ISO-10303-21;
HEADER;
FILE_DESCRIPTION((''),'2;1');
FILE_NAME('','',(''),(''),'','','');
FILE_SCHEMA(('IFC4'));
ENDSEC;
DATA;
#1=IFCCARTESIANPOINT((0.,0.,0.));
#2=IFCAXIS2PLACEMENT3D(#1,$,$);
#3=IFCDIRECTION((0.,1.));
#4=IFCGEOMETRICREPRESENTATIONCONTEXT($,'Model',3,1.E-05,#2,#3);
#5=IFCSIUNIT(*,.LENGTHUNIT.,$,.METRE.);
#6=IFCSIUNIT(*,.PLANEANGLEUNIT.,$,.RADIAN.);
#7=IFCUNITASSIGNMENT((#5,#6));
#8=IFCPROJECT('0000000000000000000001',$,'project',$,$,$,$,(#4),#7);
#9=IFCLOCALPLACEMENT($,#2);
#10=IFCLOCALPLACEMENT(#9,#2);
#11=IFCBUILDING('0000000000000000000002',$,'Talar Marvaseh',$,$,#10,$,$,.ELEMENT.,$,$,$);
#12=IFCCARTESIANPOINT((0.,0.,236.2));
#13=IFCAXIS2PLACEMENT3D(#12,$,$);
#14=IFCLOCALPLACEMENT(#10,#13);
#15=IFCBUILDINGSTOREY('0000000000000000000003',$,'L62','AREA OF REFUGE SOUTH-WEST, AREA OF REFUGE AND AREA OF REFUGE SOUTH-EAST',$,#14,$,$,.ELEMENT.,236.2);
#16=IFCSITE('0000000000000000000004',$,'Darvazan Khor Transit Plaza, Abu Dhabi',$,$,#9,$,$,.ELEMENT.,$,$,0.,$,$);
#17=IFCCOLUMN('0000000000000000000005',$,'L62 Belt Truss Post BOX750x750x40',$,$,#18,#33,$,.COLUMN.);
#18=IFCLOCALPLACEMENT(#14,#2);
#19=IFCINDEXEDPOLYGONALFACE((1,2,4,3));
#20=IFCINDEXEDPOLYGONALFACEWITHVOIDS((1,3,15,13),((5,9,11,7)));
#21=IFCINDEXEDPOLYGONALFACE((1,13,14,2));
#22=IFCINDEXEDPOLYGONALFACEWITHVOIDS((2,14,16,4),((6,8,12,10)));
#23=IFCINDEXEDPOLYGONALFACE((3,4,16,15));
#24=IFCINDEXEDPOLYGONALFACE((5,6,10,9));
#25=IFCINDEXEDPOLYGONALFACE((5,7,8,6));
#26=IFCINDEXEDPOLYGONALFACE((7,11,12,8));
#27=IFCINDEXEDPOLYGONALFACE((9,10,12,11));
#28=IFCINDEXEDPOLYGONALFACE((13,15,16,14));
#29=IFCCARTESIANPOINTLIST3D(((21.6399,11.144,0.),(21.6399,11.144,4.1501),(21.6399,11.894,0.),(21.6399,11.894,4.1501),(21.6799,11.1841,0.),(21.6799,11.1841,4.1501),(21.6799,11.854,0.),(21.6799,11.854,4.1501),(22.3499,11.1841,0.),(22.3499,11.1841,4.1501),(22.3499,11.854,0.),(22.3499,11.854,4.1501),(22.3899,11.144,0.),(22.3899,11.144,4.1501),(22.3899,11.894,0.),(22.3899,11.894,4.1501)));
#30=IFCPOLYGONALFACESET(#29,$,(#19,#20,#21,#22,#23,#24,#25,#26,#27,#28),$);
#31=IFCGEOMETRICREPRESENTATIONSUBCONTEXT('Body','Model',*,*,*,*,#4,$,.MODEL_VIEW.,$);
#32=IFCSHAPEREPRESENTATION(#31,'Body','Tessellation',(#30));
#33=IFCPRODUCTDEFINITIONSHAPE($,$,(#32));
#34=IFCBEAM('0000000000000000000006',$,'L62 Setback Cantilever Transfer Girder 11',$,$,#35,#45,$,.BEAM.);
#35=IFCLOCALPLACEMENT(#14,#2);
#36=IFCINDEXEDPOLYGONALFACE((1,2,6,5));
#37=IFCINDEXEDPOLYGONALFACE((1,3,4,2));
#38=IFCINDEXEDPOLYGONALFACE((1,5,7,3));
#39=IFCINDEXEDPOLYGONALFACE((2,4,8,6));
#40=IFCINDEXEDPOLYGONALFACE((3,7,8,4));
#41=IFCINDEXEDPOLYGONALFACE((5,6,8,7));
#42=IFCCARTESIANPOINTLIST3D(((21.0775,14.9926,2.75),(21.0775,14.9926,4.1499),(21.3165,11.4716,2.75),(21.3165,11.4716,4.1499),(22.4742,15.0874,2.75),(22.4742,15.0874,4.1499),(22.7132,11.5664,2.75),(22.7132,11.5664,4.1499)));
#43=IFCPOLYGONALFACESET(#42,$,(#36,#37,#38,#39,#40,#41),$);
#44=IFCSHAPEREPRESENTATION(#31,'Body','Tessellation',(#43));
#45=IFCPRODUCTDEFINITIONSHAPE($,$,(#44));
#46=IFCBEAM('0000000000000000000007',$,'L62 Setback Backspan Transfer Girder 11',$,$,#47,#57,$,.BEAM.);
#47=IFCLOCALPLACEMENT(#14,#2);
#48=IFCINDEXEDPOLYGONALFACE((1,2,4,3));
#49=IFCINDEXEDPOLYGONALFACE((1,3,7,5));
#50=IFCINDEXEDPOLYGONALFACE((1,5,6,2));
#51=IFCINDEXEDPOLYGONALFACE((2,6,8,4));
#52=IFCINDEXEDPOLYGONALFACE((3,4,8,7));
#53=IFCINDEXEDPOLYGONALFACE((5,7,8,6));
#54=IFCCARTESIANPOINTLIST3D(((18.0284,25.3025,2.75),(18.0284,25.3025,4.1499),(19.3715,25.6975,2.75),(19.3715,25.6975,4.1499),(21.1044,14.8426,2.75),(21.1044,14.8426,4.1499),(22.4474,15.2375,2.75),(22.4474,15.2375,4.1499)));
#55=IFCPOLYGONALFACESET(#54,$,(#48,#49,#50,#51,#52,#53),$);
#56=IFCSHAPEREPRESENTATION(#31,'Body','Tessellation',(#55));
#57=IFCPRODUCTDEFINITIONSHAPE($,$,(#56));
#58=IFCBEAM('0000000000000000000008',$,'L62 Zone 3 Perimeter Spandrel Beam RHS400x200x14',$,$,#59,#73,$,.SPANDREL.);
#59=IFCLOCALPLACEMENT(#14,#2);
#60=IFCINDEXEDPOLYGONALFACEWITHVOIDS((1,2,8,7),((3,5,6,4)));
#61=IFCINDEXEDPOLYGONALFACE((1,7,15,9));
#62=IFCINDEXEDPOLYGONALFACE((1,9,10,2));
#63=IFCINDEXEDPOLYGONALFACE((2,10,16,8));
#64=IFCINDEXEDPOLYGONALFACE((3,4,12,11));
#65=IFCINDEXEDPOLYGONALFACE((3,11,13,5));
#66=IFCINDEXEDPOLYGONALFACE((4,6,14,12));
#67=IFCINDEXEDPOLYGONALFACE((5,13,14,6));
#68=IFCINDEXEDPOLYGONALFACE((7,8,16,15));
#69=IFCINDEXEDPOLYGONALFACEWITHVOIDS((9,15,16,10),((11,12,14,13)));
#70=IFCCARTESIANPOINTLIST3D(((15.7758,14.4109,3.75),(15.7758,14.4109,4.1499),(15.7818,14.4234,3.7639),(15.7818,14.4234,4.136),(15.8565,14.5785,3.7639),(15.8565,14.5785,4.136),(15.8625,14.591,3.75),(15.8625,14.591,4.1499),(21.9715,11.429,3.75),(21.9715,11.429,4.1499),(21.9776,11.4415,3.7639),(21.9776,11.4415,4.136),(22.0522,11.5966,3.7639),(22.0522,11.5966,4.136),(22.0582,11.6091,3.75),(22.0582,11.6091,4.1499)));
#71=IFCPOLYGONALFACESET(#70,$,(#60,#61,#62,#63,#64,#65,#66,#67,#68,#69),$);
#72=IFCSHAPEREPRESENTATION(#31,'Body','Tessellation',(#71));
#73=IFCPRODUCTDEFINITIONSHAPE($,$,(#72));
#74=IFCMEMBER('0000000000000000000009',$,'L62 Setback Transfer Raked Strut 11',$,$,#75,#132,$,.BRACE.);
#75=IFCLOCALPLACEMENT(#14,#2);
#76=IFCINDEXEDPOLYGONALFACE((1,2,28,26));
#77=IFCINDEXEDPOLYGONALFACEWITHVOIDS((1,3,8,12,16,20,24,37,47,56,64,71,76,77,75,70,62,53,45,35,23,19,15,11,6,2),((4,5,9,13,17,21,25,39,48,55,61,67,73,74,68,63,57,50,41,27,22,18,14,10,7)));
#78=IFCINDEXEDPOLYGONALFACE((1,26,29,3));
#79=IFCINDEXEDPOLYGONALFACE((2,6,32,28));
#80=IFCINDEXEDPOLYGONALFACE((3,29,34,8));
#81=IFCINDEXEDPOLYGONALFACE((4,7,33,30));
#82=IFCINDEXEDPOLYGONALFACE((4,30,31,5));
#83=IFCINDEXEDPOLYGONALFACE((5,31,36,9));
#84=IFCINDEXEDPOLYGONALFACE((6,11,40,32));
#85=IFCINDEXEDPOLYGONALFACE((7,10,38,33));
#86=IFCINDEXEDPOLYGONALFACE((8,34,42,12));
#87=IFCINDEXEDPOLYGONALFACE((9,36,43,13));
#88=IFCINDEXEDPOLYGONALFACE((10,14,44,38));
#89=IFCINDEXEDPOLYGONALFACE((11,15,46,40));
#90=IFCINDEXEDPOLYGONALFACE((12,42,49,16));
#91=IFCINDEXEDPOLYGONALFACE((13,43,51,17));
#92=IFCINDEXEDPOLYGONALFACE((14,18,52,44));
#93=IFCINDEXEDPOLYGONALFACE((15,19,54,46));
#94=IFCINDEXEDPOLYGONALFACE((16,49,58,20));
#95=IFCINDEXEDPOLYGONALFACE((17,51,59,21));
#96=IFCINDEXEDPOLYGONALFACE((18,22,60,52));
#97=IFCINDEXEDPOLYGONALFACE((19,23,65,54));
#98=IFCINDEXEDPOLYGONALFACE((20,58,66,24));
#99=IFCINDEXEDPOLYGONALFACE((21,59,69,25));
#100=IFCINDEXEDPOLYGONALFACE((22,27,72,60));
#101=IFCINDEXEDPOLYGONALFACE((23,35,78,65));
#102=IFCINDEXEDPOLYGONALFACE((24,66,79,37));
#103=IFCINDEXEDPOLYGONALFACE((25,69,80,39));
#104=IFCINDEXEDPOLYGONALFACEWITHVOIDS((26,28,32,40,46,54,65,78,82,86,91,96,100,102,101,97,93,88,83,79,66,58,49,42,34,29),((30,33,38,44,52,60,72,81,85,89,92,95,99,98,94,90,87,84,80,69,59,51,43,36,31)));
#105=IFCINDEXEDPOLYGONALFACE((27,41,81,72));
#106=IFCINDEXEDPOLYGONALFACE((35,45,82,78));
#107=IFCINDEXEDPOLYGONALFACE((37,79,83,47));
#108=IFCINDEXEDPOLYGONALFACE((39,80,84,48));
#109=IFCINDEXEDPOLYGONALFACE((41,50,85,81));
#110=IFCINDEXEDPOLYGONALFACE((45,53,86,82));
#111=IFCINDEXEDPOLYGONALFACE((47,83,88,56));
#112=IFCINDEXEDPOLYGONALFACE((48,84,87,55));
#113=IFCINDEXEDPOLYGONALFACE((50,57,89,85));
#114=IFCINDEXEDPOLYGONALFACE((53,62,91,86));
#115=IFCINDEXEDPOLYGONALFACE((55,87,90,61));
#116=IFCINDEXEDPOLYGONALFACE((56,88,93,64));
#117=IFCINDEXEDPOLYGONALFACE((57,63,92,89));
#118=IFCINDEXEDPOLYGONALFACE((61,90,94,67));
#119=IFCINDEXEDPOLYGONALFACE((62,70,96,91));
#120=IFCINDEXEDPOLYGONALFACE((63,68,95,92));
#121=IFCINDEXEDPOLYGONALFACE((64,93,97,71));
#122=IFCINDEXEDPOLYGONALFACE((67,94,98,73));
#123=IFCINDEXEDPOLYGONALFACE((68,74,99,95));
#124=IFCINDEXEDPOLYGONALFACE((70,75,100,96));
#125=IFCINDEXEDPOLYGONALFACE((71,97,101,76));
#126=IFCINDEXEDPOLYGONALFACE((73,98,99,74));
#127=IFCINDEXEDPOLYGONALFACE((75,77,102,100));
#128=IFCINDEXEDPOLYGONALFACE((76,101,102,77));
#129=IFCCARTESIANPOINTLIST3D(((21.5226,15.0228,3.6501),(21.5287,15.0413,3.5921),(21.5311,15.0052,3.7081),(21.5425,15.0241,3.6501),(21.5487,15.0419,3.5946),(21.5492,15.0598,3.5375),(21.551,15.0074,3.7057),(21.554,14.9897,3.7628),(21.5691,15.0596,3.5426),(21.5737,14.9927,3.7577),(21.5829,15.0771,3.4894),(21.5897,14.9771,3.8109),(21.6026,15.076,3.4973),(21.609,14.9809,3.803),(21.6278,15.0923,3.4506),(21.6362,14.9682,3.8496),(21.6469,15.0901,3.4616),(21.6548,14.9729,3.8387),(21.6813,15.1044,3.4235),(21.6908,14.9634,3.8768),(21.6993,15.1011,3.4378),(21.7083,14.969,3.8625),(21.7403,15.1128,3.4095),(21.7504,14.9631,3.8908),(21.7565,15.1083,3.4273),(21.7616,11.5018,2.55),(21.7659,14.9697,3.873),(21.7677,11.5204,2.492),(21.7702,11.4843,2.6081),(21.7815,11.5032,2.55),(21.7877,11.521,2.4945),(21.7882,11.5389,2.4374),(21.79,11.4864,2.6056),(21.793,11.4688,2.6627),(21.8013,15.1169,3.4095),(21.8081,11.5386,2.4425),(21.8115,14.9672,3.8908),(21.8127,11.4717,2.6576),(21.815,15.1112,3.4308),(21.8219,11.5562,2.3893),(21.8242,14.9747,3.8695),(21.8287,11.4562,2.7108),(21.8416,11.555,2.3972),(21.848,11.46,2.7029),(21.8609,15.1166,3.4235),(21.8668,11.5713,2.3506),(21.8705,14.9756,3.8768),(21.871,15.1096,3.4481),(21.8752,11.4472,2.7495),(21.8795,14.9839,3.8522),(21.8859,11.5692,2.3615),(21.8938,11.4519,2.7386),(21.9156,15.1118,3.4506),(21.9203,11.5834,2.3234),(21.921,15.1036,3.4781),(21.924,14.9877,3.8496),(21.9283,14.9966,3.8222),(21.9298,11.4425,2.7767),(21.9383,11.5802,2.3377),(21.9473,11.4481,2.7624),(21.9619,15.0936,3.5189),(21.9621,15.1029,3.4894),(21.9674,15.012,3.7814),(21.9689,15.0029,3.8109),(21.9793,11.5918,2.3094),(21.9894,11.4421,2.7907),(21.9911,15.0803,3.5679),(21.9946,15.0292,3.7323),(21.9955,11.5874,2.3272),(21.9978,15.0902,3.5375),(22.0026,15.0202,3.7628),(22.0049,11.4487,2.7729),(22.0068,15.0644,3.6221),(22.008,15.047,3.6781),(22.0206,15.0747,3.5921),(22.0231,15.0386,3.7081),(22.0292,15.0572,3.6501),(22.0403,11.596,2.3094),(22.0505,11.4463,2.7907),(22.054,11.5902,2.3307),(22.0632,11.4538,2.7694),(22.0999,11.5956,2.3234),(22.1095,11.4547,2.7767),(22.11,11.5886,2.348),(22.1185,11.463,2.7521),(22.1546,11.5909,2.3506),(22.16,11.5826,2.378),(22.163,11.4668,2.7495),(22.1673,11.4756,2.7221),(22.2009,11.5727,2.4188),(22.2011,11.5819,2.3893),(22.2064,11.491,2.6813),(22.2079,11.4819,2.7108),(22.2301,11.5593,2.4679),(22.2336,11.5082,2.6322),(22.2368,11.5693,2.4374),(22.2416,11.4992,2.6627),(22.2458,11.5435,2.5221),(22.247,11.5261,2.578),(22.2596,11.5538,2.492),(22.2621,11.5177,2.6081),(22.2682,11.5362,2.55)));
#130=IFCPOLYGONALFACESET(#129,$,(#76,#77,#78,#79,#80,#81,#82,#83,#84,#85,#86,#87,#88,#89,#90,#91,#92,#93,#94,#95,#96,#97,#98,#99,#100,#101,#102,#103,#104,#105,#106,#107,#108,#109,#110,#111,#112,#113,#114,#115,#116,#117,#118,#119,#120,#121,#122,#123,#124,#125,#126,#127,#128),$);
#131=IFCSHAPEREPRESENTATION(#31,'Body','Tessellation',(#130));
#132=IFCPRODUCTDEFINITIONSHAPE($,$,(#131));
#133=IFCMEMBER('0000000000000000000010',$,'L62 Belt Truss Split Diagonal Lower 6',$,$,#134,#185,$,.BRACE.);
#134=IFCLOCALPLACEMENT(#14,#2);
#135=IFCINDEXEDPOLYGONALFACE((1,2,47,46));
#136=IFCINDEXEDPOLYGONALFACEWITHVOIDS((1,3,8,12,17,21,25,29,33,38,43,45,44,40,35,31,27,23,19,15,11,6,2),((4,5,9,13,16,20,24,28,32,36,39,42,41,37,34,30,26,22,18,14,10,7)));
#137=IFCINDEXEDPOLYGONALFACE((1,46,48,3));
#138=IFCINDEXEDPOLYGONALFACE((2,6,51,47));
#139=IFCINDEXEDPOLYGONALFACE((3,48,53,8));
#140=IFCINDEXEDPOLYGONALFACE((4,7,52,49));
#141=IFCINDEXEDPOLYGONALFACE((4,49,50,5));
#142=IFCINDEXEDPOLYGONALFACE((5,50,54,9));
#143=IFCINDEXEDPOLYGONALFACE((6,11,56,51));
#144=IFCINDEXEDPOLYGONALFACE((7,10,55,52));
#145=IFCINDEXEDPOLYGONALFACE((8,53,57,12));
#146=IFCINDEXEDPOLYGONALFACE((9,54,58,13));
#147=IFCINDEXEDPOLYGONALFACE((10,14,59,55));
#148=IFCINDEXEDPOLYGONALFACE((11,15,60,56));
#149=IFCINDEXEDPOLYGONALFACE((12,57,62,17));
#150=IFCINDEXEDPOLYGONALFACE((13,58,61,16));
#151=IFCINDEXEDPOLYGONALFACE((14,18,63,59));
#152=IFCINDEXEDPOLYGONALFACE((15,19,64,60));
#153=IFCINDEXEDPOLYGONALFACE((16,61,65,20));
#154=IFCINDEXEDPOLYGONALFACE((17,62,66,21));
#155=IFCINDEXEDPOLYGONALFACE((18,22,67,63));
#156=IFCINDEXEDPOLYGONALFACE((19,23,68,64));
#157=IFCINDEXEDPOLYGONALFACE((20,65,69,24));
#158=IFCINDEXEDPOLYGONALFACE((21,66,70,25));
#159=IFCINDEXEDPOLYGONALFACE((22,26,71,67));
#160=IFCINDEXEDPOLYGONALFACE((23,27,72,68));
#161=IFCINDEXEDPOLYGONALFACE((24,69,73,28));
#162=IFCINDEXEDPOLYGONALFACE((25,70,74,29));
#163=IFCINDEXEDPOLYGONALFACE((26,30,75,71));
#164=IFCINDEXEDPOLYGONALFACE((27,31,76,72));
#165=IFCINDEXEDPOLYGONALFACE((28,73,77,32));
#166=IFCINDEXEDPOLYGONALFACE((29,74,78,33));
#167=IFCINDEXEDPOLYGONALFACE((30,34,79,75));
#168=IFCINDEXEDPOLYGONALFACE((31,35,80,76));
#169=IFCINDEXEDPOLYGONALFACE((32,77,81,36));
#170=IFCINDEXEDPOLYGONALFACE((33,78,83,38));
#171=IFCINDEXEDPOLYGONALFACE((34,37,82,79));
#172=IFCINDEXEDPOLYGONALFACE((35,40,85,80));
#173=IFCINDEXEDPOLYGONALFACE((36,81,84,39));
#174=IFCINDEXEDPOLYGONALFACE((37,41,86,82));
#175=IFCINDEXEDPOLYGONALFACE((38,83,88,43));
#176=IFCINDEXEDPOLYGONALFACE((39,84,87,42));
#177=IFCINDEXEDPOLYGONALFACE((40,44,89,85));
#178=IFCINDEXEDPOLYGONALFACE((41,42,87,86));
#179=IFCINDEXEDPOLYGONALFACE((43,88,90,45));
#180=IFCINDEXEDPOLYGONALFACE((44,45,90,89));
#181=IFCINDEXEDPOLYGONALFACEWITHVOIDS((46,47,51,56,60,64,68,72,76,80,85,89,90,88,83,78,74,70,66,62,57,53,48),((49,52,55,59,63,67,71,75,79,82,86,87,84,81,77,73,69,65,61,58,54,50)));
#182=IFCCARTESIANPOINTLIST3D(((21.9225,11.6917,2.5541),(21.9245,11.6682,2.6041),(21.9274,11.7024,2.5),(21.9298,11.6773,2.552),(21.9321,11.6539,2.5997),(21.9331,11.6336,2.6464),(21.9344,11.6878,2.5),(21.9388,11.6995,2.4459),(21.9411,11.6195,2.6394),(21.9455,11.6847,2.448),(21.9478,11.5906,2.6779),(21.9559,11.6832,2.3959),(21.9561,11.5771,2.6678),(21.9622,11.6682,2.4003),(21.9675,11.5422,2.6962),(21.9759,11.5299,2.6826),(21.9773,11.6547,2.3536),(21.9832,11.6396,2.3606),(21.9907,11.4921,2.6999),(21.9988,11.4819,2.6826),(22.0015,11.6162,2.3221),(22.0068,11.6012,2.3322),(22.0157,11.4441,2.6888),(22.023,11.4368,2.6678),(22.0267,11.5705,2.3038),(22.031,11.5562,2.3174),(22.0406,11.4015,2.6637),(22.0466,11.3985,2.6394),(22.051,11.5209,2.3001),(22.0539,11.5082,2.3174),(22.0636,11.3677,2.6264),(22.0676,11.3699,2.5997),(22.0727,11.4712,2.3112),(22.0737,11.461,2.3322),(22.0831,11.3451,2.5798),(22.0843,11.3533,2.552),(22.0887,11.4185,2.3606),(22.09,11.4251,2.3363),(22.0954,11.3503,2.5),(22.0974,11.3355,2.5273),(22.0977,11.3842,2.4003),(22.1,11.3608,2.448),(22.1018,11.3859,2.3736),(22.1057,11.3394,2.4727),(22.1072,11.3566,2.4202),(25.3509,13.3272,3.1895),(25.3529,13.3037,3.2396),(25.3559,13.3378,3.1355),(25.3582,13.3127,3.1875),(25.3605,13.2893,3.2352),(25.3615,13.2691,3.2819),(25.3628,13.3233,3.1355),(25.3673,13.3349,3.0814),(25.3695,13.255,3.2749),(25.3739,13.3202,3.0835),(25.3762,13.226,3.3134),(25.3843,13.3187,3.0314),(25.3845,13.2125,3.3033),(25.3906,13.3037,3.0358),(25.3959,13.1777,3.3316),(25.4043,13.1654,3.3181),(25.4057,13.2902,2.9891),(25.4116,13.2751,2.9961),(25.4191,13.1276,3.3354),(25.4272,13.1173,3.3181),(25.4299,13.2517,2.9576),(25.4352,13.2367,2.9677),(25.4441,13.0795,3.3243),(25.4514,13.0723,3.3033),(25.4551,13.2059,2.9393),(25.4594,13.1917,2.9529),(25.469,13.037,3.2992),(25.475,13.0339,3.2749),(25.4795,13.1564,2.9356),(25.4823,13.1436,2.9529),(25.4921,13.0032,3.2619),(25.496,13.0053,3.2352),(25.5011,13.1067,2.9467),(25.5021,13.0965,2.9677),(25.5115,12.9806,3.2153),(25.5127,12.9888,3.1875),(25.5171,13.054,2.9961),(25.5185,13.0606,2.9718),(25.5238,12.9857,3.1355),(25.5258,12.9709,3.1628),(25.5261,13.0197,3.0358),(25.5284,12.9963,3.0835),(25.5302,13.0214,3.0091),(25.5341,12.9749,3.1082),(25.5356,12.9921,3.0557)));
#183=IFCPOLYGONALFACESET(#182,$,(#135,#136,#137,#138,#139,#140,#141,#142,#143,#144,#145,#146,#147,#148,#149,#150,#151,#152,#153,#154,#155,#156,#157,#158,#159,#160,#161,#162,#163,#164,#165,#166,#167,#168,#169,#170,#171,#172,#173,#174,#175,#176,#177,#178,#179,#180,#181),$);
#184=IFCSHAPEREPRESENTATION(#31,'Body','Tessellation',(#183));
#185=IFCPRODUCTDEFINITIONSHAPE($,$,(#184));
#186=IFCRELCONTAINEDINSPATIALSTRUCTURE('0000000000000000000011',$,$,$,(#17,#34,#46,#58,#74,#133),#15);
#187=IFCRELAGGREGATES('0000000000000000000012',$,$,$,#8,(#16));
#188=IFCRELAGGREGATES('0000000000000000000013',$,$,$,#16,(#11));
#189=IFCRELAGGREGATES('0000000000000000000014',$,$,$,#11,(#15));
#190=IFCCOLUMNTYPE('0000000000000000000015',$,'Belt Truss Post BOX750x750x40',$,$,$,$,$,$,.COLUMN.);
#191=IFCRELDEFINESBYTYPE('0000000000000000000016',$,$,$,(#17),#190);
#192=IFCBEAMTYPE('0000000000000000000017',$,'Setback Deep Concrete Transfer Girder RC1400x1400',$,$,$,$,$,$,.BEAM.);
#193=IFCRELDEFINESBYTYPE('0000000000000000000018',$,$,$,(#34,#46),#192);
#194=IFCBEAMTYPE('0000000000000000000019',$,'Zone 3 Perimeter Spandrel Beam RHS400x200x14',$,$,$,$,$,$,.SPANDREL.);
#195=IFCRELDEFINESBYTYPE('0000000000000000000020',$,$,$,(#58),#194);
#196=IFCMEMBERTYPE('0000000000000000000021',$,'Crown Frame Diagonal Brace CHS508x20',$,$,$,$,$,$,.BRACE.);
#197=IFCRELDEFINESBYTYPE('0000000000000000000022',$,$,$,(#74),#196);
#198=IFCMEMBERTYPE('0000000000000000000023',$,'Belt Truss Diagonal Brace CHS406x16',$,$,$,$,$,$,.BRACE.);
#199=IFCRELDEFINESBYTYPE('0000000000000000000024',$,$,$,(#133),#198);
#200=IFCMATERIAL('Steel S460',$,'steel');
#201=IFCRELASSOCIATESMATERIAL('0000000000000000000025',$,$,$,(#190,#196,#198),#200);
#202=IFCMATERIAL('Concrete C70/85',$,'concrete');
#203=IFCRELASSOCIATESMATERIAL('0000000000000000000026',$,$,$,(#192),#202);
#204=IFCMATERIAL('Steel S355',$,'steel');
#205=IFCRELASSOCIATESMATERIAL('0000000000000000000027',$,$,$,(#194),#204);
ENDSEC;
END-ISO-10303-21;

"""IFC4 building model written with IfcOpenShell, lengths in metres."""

from ifc_helpers import new_model, si_unit, direction, frame, origin, origin_2d, place, context, subcontext, project, spatial, rectangle, hollow_rectangle, hollow_circle, extrude, source, transform, mapped, material, material_profile, profile_set, type_object, type_shapes, element, save


model = new_model("IFC4")

# Units and contexts
model_context = context("Model", 3, precision=1e-05, world=origin(), true_north=direction((0.0, 1.0)))
body_context = subcontext(model_context, "Body", "Model", "MODEL_VIEW")
ifc_project = project(units=[si_unit("LENGTHUNIT", "METRE"), si_unit("PLANEANGLEUNIT", "RADIAN")], contexts=[model_context])

# Site, building, storey
site_placement = place(None, origin())
site = spatial("IfcSite", under=ifc_project, at=site_placement, Name="Darvazan Khor Transit Plaza, Abu Dhabi", CompositionType="ELEMENT", RefElevation=0.0)
building_placement = place(site_placement, origin())
building = spatial("IfcBuilding", under=site, at=building_placement, Name="Talar Marvaseh", CompositionType="ELEMENT")
storey_placement = place(building_placement, frame((0.0, 0.0, 236.2)))
storey = spatial("IfcBuildingStorey", under=building, at=storey_placement, Name="L62", Description="AREA OF REFUGE SOUTH-WEST, AREA OF REFUGE AND AREA OF REFUGE SOUTH-EAST", CompositionType="ELEMENT", Elevation=236.2)

# Column
ifc_material_1 = material(Name="Steel S460", Category="steel")
ifc_material_profile_1 = material_profile(ifc_material_1, hollow_rectangle(XDim=0.75, YDim=0.75, WallThickness=0.04, at=origin_2d()), Name="BOX750x750x40")
ifc_profile_set_1 = profile_set([ifc_material_profile_1], Name="Steel S460")
column_type = type_object("IfcColumnType", Name="Belt Truss Post BOX750x750x40", PredefinedType="COLUMN", material=ifc_profile_set_1)
column_placement = place(storey_placement, frame((22.0149, 11.519, 0.0), z_axis=(0.0, 0.0, 1.0), x_axis=(1.0, 0.0, 0.0)))
element("IfcColumn", 1, at=column_placement, inside=storey, type_object=column_type, Name="L62 Belt Truss Post BOX750x750x40", PredefinedType="COLUMN", context=body_context, shape_type="SweptSolid", body=[
    extrude(hollow_rectangle(XDim=0.75, YDim=0.75, WallThickness=0.04, at=origin_2d()), origin(), (0.0, 0.0, 1.0), 4.1501),
])

# Beams
ifc_material_2 = material(Name="Concrete C70/85", Category="concrete")
ifc_material_profile_2 = material_profile(ifc_material_2, rectangle(XDim=1.3999, YDim=1.3999, at=origin_2d()), Name="RC1400x1400")
ifc_profile_set_2 = profile_set([ifc_material_profile_2], Name="Concrete C70/85")
beam_type_1 = type_object("IfcBeamType", Name="Setback Deep Concrete Transfer Girder RC1400x1400", PredefinedType="BEAM", material=ifc_profile_set_2)
beam_1_placement = place(storey_placement, frame((22.0149, 11.519, 3.45), z_axis=(-0.067727, 0.997704, 0.0), x_axis=(-0.997704, -0.067727, 0.0)))
element("IfcBeam", 2, at=beam_1_placement, inside=storey, type_object=beam_type_1, Name="L62 Setback Cantilever Transfer Girder 11", PredefinedType="BEAM", context=body_context, shape_type="SweptSolid", body=[
    extrude(rectangle(XDim=1.3999, YDim=1.3999, at=origin_2d()), origin(), (0.0, 0.0, 1.0), 3.5291),
])
beam_2_placement = place(storey_placement, frame((21.7759, 15.04, 3.45), z_axis=(-0.282121, 0.959379, 0.0), x_axis=(-0.959379, -0.282121, 0.0)))
element("IfcBeam", 3, at=beam_2_placement, inside=storey, type_object=beam_type_1, Name="L62 Setback Backspan Transfer Girder 11", PredefinedType="BEAM", context=body_context, shape_type="SweptSolid", body=[
    extrude(rectangle(XDim=1.3999, YDim=1.3999, at=origin_2d()), origin(), (0.0, 0.0, 1.0), 10.9028),
])
ifc_material_3 = material(Name="Steel S355", Category="steel")
ifc_material_profile_3 = material_profile(ifc_material_3, hollow_rectangle(XDim=0.2, YDim=0.3999, WallThickness=0.0139, at=origin_2d()), Name="RHS400x200x14")
ifc_profile_set_3 = profile_set([ifc_material_profile_3], Name="Steel S355")
beam_type_2 = type_object("IfcBeamType", Name="Zone 3 Perimeter Spandrel Beam RHS400x200x14", PredefinedType="SPANDREL", material=ifc_profile_set_3)
beam_3_placement = place(storey_placement, frame((22.0149, 11.519, 3.95), z_axis=(-0.901072, 0.43367, 0.0), x_axis=(-0.43367, -0.901072, 0.0)))
element("IfcBeam", 4, at=beam_3_placement, inside=storey, type_object=beam_type_2, Name="L62 Zone 3 Perimeter Spandrel Beam RHS400x200x14", PredefinedType="SPANDREL", context=body_context, shape_type="SweptSolid", body=[
    extrude(hollow_rectangle(XDim=0.2, YDim=0.3999, WallThickness=0.0139, at=origin_2d()), origin(), (0.0, 0.0, 1.0), 6.876),
])

# Members
ifc_material_profile_4 = material_profile(ifc_material_1, hollow_circle(Radius=0.2539, WallThickness=0.02, at=origin_2d()), Name="CHS508x20")
ifc_profile_set_4 = profile_set([ifc_material_profile_4], Name="Steel S460")
member_type_1 = type_object("IfcMemberType", Name="Crown Frame Diagonal Brace CHS508x20", PredefinedType="BRACE", material=ifc_profile_set_4)
shared_shape_1 = source(origin(), body_context, "Body", "SweptSolid", [
    extrude(hollow_circle(Radius=0.2539, WallThickness=0.02, at=origin_2d()), origin(), (0.0, 0.0, 1.0), 3.6965),
])
type_shapes(member_type_1, [shared_shape_1])
member_1_placement = place(storey_placement, frame((22.0149, 11.519, 2.55), z_axis=(-0.064658, 0.952499, 0.297598), x_axis=(-0.997704, -0.067727, 0.0)))
element("IfcMember", 5, at=member_1_placement, inside=storey, type_object=member_type_1, Name="L62 Setback Transfer Raked Strut 11", PredefinedType="BRACE", context=body_context, shape_type="MappedRepresentation", body=[
    mapped(shared_shape_1, transform((0.0, 0.0, 0.0), x_axis=(1.0, 0.0, 0.0), y_axis=(0.0, 1.0, 0.0), z_axis=(0.0, 0.0, 1.0), scale=1.0)),
])
ifc_material_profile_5 = material_profile(ifc_material_1, hollow_circle(Radius=0.2031, WallThickness=0.0161, at=origin_2d()), Name="CHS406x16")
ifc_profile_set_5 = profile_set([ifc_material_profile_5], Name="Steel S460")
member_type_2 = type_object("IfcMemberType", Name="Belt Truss Diagonal Brace CHS406x16", PredefinedType="BRACE", material=ifc_profile_set_5)
shared_shape_2 = source(origin(), body_context, "Body", "SweptSolid", [
    extrude(hollow_circle(Radius=0.2031, WallThickness=0.0161, at=origin_2d()), origin(), (0.0, 0.0, 1.0), 3.8513),
])
member_2_placement = place(storey_placement, frame((22.0149, 11.519, 2.5), z_axis=(0.890193, 0.424653, 0.165005), x_axis=(-0.430555, 0.902564, 0.0)))
element("IfcMember", 6, at=member_2_placement, inside=storey, type_object=member_type_2, Name="L62 Belt Truss Split Diagonal Lower 6", PredefinedType="BRACE", context=body_context, shape_type="MappedRepresentation", body=[
    mapped(shared_shape_2, transform((0.0, 0.0, 0.0), x_axis=(1.0, 0.0, 0.0), y_axis=(0.0, 1.0, 0.0), z_axis=(0.0, 0.0, 1.0), scale=1.0)),
])

save(model, "model.ifc")
